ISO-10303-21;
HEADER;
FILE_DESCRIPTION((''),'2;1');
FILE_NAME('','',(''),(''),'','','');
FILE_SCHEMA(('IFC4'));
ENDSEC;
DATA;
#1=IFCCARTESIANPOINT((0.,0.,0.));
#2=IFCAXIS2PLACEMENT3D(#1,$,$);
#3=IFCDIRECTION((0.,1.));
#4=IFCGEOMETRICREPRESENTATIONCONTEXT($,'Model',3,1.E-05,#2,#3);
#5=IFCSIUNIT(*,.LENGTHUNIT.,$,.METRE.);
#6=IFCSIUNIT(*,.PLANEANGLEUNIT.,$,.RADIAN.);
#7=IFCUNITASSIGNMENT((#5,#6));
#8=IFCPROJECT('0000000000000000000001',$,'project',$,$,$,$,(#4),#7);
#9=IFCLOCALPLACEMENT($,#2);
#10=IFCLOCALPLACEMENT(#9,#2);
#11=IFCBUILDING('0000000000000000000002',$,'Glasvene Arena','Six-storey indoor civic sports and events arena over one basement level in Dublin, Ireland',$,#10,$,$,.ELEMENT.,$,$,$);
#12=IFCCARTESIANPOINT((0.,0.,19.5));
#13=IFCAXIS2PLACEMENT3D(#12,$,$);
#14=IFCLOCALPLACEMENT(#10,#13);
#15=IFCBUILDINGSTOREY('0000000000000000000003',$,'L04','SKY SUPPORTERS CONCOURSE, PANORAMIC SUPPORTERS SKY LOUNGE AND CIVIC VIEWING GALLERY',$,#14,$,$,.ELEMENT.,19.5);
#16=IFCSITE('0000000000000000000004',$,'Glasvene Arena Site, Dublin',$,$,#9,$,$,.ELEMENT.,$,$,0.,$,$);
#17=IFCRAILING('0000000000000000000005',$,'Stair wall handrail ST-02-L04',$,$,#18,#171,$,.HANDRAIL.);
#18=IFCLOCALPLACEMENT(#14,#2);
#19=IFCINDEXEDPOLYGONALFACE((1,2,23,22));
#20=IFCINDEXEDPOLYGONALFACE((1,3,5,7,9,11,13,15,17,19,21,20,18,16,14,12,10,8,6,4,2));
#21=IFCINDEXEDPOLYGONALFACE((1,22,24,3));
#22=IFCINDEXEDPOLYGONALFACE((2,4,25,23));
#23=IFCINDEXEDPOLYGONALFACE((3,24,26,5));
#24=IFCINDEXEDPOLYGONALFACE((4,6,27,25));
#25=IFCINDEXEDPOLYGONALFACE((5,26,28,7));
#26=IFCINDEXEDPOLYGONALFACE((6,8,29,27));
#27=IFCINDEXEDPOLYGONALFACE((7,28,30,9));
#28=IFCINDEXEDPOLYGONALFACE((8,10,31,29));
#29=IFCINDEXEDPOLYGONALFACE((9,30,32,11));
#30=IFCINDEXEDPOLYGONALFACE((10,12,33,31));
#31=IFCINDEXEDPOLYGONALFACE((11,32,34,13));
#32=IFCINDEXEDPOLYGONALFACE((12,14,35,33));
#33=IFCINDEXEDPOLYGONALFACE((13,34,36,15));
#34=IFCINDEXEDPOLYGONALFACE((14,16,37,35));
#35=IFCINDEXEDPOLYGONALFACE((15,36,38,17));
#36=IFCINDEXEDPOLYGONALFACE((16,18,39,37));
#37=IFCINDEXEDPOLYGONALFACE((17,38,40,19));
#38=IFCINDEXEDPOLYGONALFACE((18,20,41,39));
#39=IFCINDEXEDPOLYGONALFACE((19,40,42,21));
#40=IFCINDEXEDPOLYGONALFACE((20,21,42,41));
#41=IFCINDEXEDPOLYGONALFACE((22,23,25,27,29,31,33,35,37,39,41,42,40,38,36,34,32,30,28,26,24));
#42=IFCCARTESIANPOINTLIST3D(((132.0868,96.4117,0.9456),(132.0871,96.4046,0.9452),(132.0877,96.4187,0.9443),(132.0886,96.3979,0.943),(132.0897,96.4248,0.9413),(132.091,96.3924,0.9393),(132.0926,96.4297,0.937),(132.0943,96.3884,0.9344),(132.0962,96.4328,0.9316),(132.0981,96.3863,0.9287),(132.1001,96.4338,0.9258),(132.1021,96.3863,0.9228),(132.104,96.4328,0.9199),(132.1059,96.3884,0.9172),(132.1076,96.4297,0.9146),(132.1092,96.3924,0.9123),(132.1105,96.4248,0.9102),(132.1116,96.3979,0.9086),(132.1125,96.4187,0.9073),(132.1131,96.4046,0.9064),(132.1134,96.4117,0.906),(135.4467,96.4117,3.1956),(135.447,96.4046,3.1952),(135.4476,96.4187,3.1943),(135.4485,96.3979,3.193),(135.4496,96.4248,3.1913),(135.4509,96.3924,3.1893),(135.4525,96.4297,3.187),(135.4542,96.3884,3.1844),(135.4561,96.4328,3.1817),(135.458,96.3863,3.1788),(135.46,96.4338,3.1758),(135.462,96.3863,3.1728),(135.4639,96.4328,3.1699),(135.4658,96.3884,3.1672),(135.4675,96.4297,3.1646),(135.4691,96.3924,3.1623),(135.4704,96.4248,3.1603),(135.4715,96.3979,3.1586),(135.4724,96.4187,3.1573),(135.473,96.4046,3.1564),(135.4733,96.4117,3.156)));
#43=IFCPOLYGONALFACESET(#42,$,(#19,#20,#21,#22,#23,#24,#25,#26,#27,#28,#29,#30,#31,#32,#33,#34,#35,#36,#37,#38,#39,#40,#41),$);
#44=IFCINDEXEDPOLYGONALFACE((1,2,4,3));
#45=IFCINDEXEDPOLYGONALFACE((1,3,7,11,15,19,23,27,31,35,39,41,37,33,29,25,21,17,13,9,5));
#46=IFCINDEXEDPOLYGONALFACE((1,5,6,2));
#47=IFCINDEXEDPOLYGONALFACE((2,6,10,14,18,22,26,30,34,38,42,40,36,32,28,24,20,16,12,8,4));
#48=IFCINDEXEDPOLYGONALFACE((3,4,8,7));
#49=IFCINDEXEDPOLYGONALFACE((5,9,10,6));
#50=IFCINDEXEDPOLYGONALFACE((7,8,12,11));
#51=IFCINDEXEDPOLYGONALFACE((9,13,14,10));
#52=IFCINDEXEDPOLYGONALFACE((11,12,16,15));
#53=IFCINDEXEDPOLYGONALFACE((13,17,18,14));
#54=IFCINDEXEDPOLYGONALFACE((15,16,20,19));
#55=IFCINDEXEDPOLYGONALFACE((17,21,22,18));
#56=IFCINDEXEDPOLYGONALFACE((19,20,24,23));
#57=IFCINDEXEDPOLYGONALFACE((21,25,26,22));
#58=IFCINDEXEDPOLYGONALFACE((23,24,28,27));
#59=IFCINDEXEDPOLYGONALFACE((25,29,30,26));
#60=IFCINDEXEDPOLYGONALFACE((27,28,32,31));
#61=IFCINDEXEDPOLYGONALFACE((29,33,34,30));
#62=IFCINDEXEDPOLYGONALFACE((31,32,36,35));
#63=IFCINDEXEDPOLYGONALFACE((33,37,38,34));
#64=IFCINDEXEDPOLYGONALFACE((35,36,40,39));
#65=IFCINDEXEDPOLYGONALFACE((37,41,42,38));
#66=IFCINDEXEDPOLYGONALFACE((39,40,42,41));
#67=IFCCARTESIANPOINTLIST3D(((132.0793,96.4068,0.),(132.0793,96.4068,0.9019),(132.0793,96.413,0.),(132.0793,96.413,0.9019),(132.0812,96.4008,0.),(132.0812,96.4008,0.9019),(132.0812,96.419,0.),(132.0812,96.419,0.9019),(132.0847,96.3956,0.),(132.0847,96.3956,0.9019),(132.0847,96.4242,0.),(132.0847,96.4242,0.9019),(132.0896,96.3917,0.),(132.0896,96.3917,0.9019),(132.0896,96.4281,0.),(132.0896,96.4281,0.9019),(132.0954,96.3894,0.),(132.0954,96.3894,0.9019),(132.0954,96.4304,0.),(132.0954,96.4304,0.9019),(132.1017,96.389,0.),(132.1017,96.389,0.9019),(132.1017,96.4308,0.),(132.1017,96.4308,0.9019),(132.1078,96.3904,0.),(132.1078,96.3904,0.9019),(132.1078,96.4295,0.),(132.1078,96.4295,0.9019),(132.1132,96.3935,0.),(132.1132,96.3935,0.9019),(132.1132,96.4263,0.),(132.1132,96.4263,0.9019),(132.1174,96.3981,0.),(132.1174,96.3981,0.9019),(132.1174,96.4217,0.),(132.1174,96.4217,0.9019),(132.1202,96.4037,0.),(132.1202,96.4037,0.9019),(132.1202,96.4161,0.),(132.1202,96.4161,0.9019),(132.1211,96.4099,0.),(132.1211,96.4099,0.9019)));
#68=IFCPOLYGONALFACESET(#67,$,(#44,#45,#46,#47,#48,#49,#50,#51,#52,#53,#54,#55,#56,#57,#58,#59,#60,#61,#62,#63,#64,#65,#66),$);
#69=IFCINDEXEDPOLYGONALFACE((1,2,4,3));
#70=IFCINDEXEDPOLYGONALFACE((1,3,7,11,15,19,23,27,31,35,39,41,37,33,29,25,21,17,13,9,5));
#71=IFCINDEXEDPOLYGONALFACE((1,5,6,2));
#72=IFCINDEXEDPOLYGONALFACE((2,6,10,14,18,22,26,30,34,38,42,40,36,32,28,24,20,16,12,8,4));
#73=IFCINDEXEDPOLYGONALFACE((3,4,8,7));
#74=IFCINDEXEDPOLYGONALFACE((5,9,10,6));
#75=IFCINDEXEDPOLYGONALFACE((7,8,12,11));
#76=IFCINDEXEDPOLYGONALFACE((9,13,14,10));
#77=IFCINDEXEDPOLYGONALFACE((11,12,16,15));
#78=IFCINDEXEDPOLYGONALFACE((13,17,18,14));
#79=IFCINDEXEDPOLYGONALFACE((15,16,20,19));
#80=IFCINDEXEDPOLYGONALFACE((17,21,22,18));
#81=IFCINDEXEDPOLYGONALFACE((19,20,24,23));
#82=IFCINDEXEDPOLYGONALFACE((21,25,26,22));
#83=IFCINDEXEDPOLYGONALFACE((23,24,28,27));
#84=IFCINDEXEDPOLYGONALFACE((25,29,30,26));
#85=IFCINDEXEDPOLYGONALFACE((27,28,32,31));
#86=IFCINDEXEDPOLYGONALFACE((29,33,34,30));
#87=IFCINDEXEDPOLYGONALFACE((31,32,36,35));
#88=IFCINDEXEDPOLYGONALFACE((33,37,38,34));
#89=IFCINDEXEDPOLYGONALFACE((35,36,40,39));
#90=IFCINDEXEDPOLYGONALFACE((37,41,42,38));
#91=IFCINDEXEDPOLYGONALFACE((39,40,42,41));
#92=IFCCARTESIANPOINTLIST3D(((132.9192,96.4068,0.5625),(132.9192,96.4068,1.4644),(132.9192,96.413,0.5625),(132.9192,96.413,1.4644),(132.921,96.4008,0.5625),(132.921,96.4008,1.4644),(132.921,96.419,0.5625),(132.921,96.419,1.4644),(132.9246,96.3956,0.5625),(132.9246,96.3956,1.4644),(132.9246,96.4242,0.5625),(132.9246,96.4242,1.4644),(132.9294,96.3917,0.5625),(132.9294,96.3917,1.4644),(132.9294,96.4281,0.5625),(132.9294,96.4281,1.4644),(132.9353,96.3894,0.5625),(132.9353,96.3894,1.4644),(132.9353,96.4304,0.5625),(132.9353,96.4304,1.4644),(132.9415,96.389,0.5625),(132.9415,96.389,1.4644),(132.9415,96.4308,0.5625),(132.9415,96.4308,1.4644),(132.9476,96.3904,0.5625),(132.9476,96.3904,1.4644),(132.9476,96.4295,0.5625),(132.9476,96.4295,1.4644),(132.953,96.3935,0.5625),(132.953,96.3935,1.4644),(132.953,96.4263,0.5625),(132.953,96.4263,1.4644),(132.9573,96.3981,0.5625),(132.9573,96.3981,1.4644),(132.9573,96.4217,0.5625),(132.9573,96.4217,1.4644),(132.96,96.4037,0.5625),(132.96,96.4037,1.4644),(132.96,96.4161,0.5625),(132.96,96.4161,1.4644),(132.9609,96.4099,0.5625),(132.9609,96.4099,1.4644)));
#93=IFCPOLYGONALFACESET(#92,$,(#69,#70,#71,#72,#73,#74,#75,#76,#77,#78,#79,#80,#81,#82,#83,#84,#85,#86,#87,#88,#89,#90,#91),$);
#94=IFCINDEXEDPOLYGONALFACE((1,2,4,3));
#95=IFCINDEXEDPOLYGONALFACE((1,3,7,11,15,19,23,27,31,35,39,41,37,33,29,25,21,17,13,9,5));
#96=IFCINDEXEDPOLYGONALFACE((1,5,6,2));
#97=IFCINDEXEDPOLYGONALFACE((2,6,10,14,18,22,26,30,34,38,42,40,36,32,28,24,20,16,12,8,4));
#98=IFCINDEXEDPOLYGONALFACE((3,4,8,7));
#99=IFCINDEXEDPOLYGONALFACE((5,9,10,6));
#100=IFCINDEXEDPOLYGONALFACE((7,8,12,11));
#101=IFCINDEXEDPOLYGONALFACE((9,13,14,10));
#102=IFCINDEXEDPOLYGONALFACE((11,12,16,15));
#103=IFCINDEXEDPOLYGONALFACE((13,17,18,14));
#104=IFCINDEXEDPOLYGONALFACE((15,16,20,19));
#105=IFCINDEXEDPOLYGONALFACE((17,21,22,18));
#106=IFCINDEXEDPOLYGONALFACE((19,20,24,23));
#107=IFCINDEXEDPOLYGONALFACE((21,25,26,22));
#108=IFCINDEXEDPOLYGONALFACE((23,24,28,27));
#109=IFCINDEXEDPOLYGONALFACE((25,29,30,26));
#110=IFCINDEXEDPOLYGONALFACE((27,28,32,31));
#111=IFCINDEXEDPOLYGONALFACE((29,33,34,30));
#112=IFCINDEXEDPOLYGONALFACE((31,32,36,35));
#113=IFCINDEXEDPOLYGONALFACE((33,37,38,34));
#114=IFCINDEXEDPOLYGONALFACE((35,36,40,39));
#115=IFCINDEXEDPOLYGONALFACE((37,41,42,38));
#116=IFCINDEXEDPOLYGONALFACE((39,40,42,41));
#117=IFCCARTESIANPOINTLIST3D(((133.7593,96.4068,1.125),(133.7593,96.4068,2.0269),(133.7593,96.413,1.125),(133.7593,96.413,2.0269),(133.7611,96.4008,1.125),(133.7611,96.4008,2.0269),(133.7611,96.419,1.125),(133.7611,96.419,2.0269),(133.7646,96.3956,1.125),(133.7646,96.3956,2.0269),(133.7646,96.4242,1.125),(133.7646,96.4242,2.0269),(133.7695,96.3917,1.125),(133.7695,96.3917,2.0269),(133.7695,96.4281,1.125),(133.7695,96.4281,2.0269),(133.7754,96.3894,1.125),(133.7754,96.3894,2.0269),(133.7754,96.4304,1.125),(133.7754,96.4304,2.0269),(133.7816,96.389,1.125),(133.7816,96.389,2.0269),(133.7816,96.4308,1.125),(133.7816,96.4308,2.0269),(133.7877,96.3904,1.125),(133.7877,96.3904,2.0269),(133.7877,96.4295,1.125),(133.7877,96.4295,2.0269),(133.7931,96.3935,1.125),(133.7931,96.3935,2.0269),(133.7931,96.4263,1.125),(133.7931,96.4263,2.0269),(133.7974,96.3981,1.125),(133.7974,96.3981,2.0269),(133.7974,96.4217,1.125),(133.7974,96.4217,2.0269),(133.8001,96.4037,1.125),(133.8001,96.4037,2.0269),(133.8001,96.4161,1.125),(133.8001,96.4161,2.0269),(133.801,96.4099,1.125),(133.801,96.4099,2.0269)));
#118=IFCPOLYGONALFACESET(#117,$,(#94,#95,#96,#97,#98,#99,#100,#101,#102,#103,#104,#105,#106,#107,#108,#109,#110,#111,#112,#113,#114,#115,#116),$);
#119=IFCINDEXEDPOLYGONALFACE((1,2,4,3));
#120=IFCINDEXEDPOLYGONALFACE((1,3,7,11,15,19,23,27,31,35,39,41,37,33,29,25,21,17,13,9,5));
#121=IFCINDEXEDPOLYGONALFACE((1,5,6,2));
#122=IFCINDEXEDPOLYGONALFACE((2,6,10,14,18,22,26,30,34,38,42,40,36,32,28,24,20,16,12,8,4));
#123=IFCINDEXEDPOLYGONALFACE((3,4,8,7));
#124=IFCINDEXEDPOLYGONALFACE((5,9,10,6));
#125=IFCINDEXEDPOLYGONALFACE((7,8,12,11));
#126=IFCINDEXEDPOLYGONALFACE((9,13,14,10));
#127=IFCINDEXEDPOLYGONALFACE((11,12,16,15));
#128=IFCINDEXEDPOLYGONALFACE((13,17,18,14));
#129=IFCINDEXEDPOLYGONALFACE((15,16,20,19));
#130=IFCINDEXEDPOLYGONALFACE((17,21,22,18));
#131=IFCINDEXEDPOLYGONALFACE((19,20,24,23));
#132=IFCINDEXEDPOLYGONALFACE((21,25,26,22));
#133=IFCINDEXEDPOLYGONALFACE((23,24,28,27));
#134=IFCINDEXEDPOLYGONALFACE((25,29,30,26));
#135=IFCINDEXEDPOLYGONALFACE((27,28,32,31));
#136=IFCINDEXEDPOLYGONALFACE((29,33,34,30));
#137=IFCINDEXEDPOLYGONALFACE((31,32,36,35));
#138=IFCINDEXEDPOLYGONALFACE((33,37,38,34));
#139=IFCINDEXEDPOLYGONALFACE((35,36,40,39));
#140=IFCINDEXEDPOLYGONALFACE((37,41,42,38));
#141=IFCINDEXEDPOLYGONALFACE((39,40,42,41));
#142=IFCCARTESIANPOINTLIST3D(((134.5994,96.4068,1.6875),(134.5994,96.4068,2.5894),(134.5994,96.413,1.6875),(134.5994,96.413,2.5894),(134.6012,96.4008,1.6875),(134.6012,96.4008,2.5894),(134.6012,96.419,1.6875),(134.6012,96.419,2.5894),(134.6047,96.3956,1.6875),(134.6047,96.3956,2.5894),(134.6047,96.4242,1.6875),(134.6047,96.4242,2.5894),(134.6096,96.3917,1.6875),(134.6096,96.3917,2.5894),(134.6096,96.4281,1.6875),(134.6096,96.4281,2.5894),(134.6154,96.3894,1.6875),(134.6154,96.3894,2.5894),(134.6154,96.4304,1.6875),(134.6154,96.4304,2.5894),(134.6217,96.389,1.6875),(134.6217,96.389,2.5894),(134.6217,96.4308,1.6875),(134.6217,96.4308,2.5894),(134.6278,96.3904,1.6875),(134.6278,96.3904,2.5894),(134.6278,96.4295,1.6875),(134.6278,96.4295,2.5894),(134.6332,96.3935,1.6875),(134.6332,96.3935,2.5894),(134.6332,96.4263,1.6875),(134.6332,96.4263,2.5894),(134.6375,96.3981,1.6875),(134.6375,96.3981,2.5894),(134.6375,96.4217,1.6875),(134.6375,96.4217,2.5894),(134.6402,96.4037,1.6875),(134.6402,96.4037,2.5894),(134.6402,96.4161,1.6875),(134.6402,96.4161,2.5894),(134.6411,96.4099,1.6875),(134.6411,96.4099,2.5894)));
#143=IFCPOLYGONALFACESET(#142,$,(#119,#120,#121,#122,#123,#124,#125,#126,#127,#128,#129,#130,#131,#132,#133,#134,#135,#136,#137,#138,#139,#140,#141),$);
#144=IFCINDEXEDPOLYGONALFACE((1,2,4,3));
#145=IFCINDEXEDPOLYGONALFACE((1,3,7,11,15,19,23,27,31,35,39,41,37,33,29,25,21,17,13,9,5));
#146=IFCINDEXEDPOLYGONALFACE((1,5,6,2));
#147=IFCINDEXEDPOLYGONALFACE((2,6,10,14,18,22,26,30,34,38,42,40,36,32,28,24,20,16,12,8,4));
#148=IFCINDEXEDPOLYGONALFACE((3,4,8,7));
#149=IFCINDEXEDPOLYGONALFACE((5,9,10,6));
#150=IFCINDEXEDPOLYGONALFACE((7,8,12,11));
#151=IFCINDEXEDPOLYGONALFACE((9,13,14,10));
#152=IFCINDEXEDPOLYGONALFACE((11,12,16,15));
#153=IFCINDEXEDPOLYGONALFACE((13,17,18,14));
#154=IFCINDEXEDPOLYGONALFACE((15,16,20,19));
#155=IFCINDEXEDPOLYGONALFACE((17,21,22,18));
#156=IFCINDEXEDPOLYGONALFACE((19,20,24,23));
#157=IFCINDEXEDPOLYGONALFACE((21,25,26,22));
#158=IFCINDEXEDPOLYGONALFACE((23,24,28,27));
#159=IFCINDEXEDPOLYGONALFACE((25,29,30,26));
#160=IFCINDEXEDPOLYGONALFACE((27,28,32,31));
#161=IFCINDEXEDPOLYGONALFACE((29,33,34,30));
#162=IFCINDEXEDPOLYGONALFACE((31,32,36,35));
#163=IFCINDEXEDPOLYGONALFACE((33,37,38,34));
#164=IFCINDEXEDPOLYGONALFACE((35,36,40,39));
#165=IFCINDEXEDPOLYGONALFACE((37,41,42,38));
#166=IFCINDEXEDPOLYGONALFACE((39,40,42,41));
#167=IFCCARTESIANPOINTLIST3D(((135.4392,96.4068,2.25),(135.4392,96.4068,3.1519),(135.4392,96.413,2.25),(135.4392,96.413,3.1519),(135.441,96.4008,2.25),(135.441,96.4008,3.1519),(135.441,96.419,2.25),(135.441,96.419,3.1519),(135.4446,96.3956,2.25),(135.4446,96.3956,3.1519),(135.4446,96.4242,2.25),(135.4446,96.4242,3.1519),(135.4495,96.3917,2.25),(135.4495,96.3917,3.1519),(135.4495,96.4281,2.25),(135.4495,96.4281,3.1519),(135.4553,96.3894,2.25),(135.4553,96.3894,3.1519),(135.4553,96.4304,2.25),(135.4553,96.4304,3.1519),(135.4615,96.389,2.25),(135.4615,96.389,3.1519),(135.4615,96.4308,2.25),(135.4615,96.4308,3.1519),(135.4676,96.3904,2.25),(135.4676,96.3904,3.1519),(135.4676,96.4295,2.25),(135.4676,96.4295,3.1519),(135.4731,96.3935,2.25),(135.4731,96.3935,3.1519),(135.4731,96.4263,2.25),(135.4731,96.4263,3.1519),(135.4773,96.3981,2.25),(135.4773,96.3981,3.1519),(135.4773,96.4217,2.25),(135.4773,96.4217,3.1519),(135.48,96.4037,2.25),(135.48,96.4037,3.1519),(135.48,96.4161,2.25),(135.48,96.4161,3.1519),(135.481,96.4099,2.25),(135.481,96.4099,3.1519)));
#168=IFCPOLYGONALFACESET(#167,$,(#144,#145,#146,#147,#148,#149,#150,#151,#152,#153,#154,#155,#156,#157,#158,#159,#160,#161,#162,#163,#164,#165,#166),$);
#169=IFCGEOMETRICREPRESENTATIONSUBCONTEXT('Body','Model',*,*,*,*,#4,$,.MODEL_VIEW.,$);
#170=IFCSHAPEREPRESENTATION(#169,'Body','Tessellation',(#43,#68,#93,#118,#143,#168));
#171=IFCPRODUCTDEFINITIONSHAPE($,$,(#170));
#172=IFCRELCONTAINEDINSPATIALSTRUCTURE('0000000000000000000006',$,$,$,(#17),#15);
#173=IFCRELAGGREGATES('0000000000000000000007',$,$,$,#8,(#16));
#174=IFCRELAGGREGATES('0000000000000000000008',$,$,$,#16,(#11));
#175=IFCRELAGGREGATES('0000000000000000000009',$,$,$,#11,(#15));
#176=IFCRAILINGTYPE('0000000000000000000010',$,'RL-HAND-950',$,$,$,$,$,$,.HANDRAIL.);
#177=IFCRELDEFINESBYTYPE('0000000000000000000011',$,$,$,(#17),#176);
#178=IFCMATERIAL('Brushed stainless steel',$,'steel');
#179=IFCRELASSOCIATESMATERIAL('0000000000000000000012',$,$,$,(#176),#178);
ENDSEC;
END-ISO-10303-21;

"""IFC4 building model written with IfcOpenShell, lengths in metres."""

from ifc_helpers import new_model, si_unit, direction, frame, origin, origin_2d, place, context, subcontext, project, spatial, circle, extrude, material, type_object, element, save


model = new_model("IFC4")

# Units and contexts
model_context = context("Model", 3, precision=1e-05, world=origin(), true_north=direction((0.0, 1.0)))
body_context = subcontext(model_context, "Body", "Model", "MODEL_VIEW")
ifc_project = project(units=[si_unit("LENGTHUNIT", "METRE"), si_unit("PLANEANGLEUNIT", "RADIAN")], contexts=[model_context])

# Site, building, storey
site_placement = place(None, origin())
site = spatial("IfcSite", under=ifc_project, at=site_placement, Name="Glasvene Arena Site, Dublin", CompositionType="ELEMENT", RefElevation=0.0)
building_placement = place(site_placement, origin())
building = spatial("IfcBuilding", under=site, at=building_placement, Name="Glasvene Arena", Description="Six-storey indoor civic sports and events arena over one basement level in Dublin, Ireland", CompositionType="ELEMENT")
storey_placement = place(building_placement, frame((0.0, 0.0, 19.5)))
storey = spatial("IfcBuildingStorey", under=building, at=storey_placement, Name="L04", Description="SKY SUPPORTERS CONCOURSE, PANORAMIC SUPPORTERS SKY LOUNGE AND CIVIC VIEWING GALLERY", CompositionType="ELEMENT", Elevation=19.5)

# Railing
ifc_material_1 = material(Name="Brushed stainless steel", Category="steel")
railing_type = type_object("IfcRailingType", Name="RL-HAND-950", PredefinedType="HANDRAIL", material=ifc_material_1)
railing_placement = place(storey_placement, frame((132.1001, 96.4099, 0.0)))
element("IfcRailing", 1, at=railing_placement, inside=storey, type_object=railing_type, Name="Stair wall handrail ST-02-L04", PredefinedType="HANDRAIL", context=body_context, shape_type="SweptSolid", body=[
    extrude(circle(Radius=0.0239, at=origin_2d()), frame((0.0, 0.0, 0.9258), z_axis=(0.830897, 0.0, 0.556427), x_axis=(0.0, 1.0, 0.0)), (0.0, 0.0, 1.0), 4.0437),
    extrude(circle(Radius=0.021, at=origin_2d()), origin(), (0.0, 0.0, 1.0), 0.9019),
    extrude(circle(Radius=0.021, at=origin_2d()), frame((0.8398, 0.0, 0.5625)), (0.0, 0.0, 1.0), 0.9019),
    extrude(circle(Radius=0.021, at=origin_2d()), frame((1.6799, 0.0, 1.125)), (0.0, 0.0, 1.0), 0.9019),
    extrude(circle(Radius=0.021, at=origin_2d()), frame((2.52, 0.0, 1.6875)), (0.0, 0.0, 1.0), 0.9019),
    extrude(circle(Radius=0.021, at=origin_2d()), frame((3.3599, 0.0, 2.25)), (0.0, 0.0, 1.0), 0.9019),
])

save(model, "model.ifc")
